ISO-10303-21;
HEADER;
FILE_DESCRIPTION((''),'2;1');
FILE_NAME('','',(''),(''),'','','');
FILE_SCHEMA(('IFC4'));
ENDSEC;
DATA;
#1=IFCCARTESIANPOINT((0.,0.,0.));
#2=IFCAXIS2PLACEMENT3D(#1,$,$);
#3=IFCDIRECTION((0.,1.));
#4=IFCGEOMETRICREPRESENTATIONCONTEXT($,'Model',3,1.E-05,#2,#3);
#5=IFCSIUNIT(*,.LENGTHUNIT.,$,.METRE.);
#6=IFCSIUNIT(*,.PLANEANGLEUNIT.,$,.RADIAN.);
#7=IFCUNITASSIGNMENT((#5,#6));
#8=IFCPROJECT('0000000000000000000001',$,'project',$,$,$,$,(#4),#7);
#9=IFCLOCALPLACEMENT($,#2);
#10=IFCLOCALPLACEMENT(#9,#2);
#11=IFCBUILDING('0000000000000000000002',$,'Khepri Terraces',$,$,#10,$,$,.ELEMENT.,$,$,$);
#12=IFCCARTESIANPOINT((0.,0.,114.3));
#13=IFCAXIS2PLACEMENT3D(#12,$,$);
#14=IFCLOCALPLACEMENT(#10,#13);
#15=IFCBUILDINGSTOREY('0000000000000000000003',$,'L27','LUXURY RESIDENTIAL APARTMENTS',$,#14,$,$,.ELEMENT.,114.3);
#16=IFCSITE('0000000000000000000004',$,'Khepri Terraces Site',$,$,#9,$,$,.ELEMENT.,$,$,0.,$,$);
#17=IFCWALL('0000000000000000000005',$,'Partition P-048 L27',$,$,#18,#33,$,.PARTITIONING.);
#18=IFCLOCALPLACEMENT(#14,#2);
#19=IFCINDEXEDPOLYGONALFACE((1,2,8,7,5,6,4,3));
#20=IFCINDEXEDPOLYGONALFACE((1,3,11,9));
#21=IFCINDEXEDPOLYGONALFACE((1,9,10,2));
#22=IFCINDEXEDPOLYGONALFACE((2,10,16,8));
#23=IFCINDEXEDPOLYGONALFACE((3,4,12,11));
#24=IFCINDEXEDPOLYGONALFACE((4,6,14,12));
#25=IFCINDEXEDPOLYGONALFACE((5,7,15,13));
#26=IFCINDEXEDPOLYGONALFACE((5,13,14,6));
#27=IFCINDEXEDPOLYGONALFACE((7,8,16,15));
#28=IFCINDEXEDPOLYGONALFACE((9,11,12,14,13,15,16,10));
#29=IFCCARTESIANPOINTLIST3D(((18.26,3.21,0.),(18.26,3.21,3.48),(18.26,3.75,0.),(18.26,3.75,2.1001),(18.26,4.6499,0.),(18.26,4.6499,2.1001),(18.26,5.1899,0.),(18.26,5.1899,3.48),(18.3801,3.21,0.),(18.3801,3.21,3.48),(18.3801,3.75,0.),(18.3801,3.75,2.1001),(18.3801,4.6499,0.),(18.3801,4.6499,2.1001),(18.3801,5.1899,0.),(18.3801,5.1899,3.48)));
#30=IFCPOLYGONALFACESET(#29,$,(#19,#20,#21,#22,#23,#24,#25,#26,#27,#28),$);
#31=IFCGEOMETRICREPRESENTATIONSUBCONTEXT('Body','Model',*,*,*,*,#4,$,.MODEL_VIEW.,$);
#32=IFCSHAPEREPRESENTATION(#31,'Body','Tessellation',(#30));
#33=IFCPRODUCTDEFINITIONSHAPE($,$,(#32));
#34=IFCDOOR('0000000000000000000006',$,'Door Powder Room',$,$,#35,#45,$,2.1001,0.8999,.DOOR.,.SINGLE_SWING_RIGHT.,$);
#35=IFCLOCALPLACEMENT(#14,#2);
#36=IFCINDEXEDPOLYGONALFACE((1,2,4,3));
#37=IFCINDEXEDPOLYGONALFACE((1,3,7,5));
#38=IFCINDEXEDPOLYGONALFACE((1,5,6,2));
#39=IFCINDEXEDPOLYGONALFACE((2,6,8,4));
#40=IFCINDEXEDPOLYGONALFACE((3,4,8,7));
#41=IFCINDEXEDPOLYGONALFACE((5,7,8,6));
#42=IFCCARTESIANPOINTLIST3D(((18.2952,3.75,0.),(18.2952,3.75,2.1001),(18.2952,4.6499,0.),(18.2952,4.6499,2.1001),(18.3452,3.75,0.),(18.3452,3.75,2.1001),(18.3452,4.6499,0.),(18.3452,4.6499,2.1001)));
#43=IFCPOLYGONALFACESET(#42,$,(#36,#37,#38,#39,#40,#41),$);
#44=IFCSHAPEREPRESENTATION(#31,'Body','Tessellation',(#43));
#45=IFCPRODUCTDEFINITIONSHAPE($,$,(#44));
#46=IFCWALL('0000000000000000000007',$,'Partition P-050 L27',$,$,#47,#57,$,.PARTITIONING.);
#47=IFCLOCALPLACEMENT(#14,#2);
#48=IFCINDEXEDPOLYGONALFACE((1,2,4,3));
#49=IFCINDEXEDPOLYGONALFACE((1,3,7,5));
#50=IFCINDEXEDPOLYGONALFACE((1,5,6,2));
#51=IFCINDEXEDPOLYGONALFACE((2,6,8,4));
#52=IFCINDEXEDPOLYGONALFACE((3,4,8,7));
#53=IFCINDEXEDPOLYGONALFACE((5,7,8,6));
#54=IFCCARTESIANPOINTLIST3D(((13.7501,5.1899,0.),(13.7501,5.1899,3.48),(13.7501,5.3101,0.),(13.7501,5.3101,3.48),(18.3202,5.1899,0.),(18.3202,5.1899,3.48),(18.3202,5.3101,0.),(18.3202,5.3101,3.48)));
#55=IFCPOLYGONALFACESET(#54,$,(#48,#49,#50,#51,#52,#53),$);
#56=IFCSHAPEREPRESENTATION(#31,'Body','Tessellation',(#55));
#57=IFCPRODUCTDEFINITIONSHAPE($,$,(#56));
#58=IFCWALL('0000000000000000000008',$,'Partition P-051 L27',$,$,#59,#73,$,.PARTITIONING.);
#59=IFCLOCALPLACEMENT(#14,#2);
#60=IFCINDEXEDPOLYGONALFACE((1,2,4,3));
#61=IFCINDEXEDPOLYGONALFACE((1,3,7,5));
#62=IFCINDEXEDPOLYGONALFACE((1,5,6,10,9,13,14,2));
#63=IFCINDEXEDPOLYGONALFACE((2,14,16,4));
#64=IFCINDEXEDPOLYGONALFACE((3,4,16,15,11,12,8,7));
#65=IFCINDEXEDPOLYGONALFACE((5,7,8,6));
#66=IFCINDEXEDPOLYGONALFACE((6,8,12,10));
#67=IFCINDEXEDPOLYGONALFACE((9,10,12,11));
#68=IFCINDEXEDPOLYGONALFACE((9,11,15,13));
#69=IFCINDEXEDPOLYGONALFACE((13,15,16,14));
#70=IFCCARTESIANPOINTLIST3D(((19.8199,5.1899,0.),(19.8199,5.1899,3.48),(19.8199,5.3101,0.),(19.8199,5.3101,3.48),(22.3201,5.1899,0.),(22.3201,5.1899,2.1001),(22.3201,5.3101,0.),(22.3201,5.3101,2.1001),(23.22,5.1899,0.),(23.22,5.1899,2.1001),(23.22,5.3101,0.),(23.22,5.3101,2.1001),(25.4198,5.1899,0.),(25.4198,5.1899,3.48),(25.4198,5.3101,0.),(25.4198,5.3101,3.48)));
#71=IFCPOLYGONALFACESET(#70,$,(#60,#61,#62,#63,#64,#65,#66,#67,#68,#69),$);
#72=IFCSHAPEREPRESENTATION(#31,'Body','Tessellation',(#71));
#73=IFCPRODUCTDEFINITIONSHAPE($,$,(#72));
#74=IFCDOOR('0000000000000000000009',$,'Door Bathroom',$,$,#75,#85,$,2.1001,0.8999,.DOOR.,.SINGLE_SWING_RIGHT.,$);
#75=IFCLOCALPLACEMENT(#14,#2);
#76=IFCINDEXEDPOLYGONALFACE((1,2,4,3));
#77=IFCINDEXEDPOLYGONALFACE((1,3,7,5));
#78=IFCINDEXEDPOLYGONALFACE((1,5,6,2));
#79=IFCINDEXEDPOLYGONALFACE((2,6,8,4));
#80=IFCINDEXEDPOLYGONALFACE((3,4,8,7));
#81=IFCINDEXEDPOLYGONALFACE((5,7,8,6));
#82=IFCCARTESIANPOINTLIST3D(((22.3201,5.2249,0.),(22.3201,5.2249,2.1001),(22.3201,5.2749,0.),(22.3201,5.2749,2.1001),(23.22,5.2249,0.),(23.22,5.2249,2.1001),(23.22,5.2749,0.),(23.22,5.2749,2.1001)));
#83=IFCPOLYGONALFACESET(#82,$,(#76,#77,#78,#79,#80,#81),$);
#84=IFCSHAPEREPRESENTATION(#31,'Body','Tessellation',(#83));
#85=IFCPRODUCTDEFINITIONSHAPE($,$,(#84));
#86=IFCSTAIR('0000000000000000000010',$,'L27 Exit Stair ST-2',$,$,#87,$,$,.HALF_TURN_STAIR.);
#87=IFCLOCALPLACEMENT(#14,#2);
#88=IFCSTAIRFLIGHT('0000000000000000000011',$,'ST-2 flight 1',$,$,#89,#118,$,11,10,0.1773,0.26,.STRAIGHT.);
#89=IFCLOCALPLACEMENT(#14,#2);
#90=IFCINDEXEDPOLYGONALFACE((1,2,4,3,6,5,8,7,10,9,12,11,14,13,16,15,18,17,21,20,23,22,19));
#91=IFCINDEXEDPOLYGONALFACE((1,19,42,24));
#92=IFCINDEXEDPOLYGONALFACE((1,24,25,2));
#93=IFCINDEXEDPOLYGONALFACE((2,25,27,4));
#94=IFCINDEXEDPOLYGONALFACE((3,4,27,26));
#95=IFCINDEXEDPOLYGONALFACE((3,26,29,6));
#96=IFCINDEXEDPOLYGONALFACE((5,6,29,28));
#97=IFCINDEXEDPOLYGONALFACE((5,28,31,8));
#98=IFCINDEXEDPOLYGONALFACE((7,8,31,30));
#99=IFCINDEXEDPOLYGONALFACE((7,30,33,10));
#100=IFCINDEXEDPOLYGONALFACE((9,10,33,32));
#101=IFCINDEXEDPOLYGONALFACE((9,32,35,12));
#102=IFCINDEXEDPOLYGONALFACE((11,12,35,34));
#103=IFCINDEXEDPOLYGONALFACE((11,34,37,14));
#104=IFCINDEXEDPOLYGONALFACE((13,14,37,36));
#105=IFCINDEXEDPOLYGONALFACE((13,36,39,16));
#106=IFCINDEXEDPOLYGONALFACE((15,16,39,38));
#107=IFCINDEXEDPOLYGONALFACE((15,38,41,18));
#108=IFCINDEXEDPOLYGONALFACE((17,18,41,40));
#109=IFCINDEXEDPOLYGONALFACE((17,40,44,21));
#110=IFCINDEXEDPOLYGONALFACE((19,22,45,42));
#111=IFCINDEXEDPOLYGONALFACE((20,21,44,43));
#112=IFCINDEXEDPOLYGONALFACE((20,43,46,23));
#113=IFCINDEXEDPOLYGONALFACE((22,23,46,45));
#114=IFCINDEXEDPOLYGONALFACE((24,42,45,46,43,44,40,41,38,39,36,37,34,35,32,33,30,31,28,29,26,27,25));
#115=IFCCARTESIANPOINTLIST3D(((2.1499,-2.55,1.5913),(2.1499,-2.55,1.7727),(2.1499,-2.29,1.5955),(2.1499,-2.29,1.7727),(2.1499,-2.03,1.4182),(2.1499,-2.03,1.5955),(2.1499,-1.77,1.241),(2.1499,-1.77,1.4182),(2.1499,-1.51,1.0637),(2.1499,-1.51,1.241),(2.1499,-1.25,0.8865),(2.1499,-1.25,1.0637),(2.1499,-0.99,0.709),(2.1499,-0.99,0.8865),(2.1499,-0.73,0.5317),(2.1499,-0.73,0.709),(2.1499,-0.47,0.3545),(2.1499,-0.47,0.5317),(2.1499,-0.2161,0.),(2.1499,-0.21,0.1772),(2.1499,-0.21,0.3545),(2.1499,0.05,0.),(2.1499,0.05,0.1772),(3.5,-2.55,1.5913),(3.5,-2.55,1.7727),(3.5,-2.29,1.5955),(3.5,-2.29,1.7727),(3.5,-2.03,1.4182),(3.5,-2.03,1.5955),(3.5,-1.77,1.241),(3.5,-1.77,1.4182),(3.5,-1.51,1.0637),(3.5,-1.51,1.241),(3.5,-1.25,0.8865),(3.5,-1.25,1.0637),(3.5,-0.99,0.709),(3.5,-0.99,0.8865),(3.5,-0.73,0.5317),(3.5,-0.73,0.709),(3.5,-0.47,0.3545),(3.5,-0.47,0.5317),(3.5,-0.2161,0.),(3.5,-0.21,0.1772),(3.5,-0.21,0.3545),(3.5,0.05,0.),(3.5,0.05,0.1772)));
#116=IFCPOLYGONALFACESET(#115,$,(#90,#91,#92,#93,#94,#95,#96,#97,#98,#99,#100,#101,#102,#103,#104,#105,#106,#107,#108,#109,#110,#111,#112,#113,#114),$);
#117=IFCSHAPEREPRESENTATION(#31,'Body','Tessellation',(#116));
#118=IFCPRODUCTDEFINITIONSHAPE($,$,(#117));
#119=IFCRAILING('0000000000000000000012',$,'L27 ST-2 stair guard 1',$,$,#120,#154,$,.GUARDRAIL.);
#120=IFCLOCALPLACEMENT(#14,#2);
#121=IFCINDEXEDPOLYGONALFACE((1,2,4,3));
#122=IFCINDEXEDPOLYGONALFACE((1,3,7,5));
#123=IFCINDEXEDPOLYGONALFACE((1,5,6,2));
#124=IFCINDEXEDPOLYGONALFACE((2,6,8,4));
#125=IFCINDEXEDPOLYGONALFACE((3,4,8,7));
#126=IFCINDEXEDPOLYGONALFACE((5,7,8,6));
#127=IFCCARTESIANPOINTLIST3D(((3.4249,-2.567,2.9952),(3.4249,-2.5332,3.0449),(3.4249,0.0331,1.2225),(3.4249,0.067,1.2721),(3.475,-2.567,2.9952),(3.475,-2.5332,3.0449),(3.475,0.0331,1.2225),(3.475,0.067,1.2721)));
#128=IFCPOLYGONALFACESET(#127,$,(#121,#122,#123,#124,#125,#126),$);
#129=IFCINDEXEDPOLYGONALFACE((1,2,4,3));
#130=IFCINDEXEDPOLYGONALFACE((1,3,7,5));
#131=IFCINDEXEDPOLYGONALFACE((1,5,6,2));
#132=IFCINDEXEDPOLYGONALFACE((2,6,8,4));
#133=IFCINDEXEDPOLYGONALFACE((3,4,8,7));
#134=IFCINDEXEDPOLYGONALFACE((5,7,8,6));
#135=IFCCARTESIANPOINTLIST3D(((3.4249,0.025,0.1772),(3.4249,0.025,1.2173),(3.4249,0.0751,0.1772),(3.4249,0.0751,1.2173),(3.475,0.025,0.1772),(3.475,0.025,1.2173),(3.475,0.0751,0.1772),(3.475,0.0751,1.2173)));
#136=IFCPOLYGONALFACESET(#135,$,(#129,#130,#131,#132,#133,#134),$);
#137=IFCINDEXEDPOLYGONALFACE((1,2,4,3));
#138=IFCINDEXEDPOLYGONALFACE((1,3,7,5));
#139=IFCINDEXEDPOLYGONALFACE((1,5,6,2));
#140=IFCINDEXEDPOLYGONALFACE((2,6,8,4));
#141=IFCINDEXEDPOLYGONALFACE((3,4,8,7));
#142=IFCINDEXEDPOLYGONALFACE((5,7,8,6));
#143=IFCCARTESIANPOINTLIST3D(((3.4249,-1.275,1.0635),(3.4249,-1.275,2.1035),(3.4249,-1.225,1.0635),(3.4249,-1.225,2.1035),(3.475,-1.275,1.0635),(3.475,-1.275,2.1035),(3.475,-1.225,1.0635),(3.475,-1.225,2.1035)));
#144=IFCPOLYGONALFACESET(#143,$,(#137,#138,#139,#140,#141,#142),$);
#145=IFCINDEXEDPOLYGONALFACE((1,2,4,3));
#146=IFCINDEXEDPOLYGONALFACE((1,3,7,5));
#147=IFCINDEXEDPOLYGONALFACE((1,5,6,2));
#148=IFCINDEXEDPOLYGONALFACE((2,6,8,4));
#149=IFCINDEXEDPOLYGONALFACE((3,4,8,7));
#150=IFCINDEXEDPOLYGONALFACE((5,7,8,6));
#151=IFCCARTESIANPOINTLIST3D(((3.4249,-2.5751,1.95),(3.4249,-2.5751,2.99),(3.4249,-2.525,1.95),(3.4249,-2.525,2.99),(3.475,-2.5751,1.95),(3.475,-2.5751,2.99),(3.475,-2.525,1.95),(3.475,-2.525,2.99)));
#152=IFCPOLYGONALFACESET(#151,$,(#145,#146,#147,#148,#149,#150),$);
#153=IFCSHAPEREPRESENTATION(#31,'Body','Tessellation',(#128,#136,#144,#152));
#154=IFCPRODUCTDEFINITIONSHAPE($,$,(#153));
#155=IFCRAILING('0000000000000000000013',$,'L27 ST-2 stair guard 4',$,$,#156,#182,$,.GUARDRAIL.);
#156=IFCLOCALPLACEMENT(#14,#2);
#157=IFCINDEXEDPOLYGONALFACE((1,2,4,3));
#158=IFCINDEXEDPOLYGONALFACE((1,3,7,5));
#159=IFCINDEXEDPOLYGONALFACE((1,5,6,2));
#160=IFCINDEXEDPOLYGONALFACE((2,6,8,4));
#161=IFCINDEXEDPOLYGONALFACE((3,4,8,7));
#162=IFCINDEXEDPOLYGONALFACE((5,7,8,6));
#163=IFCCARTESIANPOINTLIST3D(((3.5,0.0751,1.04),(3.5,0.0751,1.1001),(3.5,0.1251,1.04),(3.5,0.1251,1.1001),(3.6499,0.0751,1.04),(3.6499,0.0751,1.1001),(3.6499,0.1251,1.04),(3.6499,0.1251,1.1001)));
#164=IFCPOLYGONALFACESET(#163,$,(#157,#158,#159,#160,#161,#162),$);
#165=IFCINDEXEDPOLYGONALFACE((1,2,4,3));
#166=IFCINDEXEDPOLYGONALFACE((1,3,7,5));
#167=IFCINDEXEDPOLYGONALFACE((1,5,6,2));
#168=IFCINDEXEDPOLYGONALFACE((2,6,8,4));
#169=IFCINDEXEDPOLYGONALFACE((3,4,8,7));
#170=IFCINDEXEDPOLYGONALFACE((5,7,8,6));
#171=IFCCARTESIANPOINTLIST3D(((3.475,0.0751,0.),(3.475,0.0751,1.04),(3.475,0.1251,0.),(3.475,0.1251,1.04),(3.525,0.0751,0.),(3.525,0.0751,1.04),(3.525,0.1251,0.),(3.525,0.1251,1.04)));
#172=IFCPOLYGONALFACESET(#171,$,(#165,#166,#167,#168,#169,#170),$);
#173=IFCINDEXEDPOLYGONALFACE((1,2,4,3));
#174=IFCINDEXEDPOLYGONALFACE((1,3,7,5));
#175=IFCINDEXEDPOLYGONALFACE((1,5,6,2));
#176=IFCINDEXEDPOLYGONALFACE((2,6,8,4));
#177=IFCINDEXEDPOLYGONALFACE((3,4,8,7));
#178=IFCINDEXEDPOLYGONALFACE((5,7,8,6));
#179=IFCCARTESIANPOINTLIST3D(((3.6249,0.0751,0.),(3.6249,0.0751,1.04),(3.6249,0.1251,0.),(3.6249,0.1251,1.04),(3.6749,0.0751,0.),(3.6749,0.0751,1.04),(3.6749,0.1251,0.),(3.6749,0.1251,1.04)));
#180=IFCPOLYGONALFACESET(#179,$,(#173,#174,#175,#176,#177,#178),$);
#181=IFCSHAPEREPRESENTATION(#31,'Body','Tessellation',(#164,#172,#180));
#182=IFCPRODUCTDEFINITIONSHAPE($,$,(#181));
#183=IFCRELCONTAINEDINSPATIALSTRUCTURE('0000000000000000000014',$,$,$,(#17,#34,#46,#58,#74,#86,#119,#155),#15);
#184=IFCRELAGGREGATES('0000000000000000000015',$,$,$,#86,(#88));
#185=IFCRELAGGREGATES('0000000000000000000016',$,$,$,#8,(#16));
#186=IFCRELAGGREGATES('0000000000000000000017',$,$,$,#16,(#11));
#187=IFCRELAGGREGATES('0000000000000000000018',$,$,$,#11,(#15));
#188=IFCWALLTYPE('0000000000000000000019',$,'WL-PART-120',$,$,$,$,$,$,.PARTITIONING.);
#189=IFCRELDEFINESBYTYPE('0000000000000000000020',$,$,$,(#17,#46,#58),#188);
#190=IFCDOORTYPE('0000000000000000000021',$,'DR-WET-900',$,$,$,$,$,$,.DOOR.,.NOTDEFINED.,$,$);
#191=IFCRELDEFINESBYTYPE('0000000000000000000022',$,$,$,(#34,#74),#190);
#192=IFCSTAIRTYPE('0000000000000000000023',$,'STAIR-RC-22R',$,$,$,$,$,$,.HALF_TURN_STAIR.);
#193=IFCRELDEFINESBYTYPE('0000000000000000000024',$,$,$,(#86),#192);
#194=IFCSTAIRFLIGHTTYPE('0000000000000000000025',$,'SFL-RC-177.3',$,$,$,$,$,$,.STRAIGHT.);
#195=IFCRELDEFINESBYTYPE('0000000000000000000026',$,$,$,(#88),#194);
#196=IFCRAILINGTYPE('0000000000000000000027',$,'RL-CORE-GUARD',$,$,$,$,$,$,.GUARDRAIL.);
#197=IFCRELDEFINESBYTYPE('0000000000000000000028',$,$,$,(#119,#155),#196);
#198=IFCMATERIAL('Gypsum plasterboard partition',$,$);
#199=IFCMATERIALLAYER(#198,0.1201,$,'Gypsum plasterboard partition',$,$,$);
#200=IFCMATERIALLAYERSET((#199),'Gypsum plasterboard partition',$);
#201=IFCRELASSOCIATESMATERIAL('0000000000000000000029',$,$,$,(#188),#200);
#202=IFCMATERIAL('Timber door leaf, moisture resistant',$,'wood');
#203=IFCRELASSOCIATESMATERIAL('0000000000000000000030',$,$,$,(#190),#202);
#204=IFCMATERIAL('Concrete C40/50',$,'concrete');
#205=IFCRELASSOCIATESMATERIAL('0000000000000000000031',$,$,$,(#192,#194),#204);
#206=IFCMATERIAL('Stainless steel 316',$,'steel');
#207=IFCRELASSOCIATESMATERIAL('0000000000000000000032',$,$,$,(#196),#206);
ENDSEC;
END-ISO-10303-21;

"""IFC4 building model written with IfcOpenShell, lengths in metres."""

from ifc_helpers import new_model, si_unit, direction, frame, frame_2d, origin, origin_2d, place, context, subcontext, project, spatial, polyline, rectangle, outline, extrude, material, layer, layer_set, type_object, element, fill, aggregate, save


model = new_model("IFC4")

# Units and contexts
model_context = context("Model", 3, precision=1e-05, world=origin(), true_north=direction((0.0, 1.0)))
body_context = subcontext(model_context, "Body", "Model", "MODEL_VIEW")
ifc_project = project(units=[si_unit("LENGTHUNIT", "METRE"), si_unit("PLANEANGLEUNIT", "RADIAN")], contexts=[model_context])

# Site, building, storey
site_placement = place(None, origin())
site = spatial("IfcSite", under=ifc_project, at=site_placement, Name="Khepri Terraces Site", CompositionType="ELEMENT", RefElevation=0.0)
building_placement = place(site_placement, origin())
building = spatial("IfcBuilding", under=site, at=building_placement, Name="Khepri Terraces", CompositionType="ELEMENT")
storey_placement = place(building_placement, frame((0.0, 0.0, 114.3)))
storey = spatial("IfcBuildingStorey", under=building, at=storey_placement, Name="L27", Description="LUXURY RESIDENTIAL APARTMENTS", CompositionType="ELEMENT", Elevation=114.3)

# Shared definitions
ifc_material_1 = material(Name="Gypsum plasterboard partition")
ifc_layer_1 = layer(ifc_material_1, 0.1201, Name="Gypsum plasterboard partition")
ifc_layer_set_1 = layer_set([ifc_layer_1], Name="Gypsum plasterboard partition")
wall_type_1 = type_object("IfcWallType", Name="WL-PART-120", PredefinedType="PARTITIONING", material=ifc_layer_set_1)

# Wall, opening, door
wall_1_placement = place(storey_placement, frame((18.3201, 3.21, 0.0), z_axis=(0.0, 0.0, 1.0), x_axis=(0.0, 1.0, 0.0)))
wall_1 = element("IfcWall", 1, at=wall_1_placement, inside=storey, type_object=wall_type_1, Name="Partition P-048 L27", PredefinedType="PARTITIONING", context=body_context, shape_type="SweptSolid", body=[
    extrude(rectangle(XDim=1.98, YDim=0.1201, at=frame_2d((0.99, 0.0))), origin(), (0.0, 0.0, 1.0), 3.48),
])
opening_1_placement = place(wall_1_placement, frame((0.54, 0.0, 0.0)))
opening_1 = element("IfcOpeningElement", 2, at=opening_1_placement, cuts=wall_1, PredefinedType="OPENING", context=body_context, shape_type="SweptSolid", body=[
    extrude(rectangle(XDim=0.8999, YDim=2.1001, at=frame_2d((0.45, 1.05))), frame((0.0, 0.0701, 0.0), z_axis=(0.0, -1.0, 0.0), x_axis=(1.0, 0.0, 0.0)), (0.0, 0.0, 1.0), 0.1401),
])
ifc_material_2 = material(Name="Timber door leaf, moisture resistant", Category="wood")
door_type_1 = type_object("IfcDoorType", Name="DR-WET-900", OperationType="NOTDEFINED", PredefinedType="DOOR", material=ifc_material_2)
door_1_placement = place(opening_1_placement, origin())
door_1 = element("IfcDoor", 3, at=door_1_placement, inside=storey, type_object=door_type_1, Name="Door Powder Room", OperationType="SINGLE_SWING_RIGHT", OverallHeight=2.1001, OverallWidth=0.8999, PredefinedType="DOOR", context=body_context, shape_type="SweptSolid", body=[
    extrude(rectangle(XDim=0.8999, YDim=2.1001, at=frame_2d((0.45, 1.05))), frame((0.0, 0.0249, 0.0), z_axis=(0.0, -1.0, 0.0), x_axis=(1.0, 0.0, 0.0)), (0.0, 0.0, 1.0), 0.05),
])
fill(opening_1, door_1)

# Wall
wall_2_placement = place(storey_placement, frame((13.75, 5.25, 0.0), z_axis=(0.0, 0.0, 1.0), x_axis=(1.0, 0.0, 0.0)))
element("IfcWall", 4, at=wall_2_placement, inside=storey, type_object=wall_type_1, Name="Partition P-050 L27", PredefinedType="PARTITIONING", context=body_context, shape_type="SweptSolid", body=[
    extrude(rectangle(XDim=4.5701, YDim=0.1201, at=frame_2d((2.2852, 0.0))), origin(), (0.0, 0.0, 1.0), 3.48),
])

# Wall, opening, door
wall_3_placement = place(storey_placement, frame((19.8201, 5.25, 0.0), z_axis=(0.0, 0.0, 1.0), x_axis=(1.0, 0.0, 0.0)))
wall_3 = element("IfcWall", 5, at=wall_3_placement, inside=storey, type_object=wall_type_1, Name="Partition P-051 L27", PredefinedType="PARTITIONING", context=body_context, shape_type="SweptSolid", body=[
    extrude(rectangle(XDim=5.5999, YDim=0.1201, at=frame_2d((2.7998, 0.0))), origin(), (0.0, 0.0, 1.0), 3.48),
])
opening_2_placement = place(wall_3_placement, frame((2.5, 0.0, 0.0)))
opening_2 = element("IfcOpeningElement", 6, at=opening_2_placement, cuts=wall_3, PredefinedType="OPENING", context=body_context, shape_type="SweptSolid", body=[
    extrude(rectangle(XDim=0.8999, YDim=2.1001, at=frame_2d((0.45, 1.05))), frame((0.0, 0.0701, 0.0), z_axis=(0.0, -1.0, 0.0), x_axis=(1.0, 0.0, 0.0)), (0.0, 0.0, 1.0), 0.1401),
])
door_2_placement = place(opening_2_placement, origin())
door_2 = element("IfcDoor", 7, at=door_2_placement, inside=storey, type_object=door_type_1, Name="Door Bathroom", OperationType="SINGLE_SWING_RIGHT", OverallHeight=2.1001, OverallWidth=0.8999, PredefinedType="DOOR", context=body_context, shape_type="SweptSolid", body=[
    extrude(rectangle(XDim=0.8999, YDim=2.1001, at=frame_2d((0.45, 1.05))), frame((0.0, 0.0249, 0.0), z_axis=(0.0, -1.0, 0.0), x_axis=(1.0, 0.0, 0.0)), (0.0, 0.0, 1.0), 0.05),
])
fill(opening_2, door_2)

# Stair, stair flight
ifc_material_3 = material(Name="Concrete C40/50", Category="concrete")
stair_type = type_object("IfcStairType", Name="STAIR-RC-22R", PredefinedType="HALF_TURN_STAIR", material=ifc_material_3)
stair_placement = place(storey_placement, origin())
stair = element("IfcStair", 8, at=stair_placement, inside=storey, type_object=stair_type, Name="L27 Exit Stair ST-2", PredefinedType="HALF_TURN_STAIR")
stair_flight_type = type_object("IfcStairFlightType", Name="SFL-RC-177.3", PredefinedType="STRAIGHT", material=ifc_material_3)
stair_flight_placement = place(storey_placement, frame((2.825, 0.05, 0.0), z_axis=(0.0, 0.0, 1.0), x_axis=(0.0, -1.0, 0.0)))
stair_flight = element("IfcStairFlight", 9, at=stair_flight_placement, type_object=stair_flight_type, Name="ST-2 flight 1", NumberOfRisers=11, NumberOfTreads=10, PredefinedType="STRAIGHT", RiserHeight=0.1773, TreadLength=0.26, context=body_context, shape_type="SweptSolid", body=[
    extrude(outline(polyline([(0.0, 0.0), (0.0, 0.1772), (0.26, 0.1772), (0.26, 0.3545), (0.52, 0.3545), (0.52, 0.5317), (0.78, 0.5317), (0.78, 0.709), (1.04, 0.709), (1.04, 0.8865), (1.3, 0.8865), (1.3, 1.0637), (1.5601, 1.0637), (1.5601, 1.241), (1.8201, 1.241), (1.8201, 1.4182), (2.0801, 1.4182), (2.0801, 1.5955), (2.3401, 1.5955), (2.3401, 1.7727), (2.6001, 1.7727), (2.6001, 1.95), (2.6001, 1.5913), (0.2661, 0.0), (0.0, 0.0)])), frame((0.0, 0.675, 0.0), z_axis=(0.0, -1.0, 0.0), x_axis=(1.0, 0.0, 0.0)), (0.0, 0.0, 1.0), 1.3501),
])
aggregate(stair, [stair_flight])

# Railings
ifc_material_4 = material(Name="Stainless steel 316", Category="steel")
railing_type_1 = type_object("IfcRailingType", Name="RL-CORE-GUARD", PredefinedType="GUARDRAIL", material=ifc_material_4)
railing_1_placement = place(storey_placement, frame((3.45, 0.05, 0.1772)))
element("IfcRailing", 10, at=railing_1_placement, inside=storey, type_object=railing_type_1, Name="L27 ST-2 stair guard 1", PredefinedType="GUARDRAIL", context=body_context, shape_type="SweptSolid", body=[
    extrude(rectangle(XDim=0.05, YDim=0.0601, at=origin_2d()), frame((0.0, 0.0, 1.0701), z_axis=(0.0, -0.82624, 0.563318), x_axis=(1.0, 0.0, 0.0)), (0.0, 0.0, 1.0), 3.147),
    extrude(rectangle(XDim=0.05, YDim=0.05, at=origin_2d()), origin(), (0.0, 0.0, 1.0), 1.04),
    extrude(rectangle(XDim=0.05, YDim=0.05, at=origin_2d()), frame((0.0, -1.3, 0.8862)), (0.0, 0.0, 1.0), 1.04),
    extrude(rectangle(XDim=0.05, YDim=0.05, at=origin_2d()), frame((0.0, -2.6001, 1.7727)), (0.0, 0.0, 1.0), 1.04),
])
railing_2_placement = place(storey_placement, frame((3.5, 0.1001, 0.0)))
element("IfcRailing", 11, at=railing_2_placement, inside=storey, type_object=railing_type_1, Name="L27 ST-2 stair guard 4", PredefinedType="GUARDRAIL", context=body_context, shape_type="SweptSolid", body=[
    extrude(rectangle(XDim=0.05, YDim=0.0601, at=origin_2d()), frame((0.0, 0.0, 1.0701), z_axis=(1.0, 0.0, 0.0), x_axis=(0.0, 1.0, 0.0)), (0.0, 0.0, 1.0), 0.1499),
    extrude(rectangle(XDim=0.05, YDim=0.05, at=origin_2d()), origin(), (0.0, 0.0, 1.0), 1.04),
    extrude(rectangle(XDim=0.05, YDim=0.05, at=origin_2d()), frame((0.1499, 0.0, 0.0)), (0.0, 0.0, 1.0), 1.04),
])

save(model, "model.ifc")
